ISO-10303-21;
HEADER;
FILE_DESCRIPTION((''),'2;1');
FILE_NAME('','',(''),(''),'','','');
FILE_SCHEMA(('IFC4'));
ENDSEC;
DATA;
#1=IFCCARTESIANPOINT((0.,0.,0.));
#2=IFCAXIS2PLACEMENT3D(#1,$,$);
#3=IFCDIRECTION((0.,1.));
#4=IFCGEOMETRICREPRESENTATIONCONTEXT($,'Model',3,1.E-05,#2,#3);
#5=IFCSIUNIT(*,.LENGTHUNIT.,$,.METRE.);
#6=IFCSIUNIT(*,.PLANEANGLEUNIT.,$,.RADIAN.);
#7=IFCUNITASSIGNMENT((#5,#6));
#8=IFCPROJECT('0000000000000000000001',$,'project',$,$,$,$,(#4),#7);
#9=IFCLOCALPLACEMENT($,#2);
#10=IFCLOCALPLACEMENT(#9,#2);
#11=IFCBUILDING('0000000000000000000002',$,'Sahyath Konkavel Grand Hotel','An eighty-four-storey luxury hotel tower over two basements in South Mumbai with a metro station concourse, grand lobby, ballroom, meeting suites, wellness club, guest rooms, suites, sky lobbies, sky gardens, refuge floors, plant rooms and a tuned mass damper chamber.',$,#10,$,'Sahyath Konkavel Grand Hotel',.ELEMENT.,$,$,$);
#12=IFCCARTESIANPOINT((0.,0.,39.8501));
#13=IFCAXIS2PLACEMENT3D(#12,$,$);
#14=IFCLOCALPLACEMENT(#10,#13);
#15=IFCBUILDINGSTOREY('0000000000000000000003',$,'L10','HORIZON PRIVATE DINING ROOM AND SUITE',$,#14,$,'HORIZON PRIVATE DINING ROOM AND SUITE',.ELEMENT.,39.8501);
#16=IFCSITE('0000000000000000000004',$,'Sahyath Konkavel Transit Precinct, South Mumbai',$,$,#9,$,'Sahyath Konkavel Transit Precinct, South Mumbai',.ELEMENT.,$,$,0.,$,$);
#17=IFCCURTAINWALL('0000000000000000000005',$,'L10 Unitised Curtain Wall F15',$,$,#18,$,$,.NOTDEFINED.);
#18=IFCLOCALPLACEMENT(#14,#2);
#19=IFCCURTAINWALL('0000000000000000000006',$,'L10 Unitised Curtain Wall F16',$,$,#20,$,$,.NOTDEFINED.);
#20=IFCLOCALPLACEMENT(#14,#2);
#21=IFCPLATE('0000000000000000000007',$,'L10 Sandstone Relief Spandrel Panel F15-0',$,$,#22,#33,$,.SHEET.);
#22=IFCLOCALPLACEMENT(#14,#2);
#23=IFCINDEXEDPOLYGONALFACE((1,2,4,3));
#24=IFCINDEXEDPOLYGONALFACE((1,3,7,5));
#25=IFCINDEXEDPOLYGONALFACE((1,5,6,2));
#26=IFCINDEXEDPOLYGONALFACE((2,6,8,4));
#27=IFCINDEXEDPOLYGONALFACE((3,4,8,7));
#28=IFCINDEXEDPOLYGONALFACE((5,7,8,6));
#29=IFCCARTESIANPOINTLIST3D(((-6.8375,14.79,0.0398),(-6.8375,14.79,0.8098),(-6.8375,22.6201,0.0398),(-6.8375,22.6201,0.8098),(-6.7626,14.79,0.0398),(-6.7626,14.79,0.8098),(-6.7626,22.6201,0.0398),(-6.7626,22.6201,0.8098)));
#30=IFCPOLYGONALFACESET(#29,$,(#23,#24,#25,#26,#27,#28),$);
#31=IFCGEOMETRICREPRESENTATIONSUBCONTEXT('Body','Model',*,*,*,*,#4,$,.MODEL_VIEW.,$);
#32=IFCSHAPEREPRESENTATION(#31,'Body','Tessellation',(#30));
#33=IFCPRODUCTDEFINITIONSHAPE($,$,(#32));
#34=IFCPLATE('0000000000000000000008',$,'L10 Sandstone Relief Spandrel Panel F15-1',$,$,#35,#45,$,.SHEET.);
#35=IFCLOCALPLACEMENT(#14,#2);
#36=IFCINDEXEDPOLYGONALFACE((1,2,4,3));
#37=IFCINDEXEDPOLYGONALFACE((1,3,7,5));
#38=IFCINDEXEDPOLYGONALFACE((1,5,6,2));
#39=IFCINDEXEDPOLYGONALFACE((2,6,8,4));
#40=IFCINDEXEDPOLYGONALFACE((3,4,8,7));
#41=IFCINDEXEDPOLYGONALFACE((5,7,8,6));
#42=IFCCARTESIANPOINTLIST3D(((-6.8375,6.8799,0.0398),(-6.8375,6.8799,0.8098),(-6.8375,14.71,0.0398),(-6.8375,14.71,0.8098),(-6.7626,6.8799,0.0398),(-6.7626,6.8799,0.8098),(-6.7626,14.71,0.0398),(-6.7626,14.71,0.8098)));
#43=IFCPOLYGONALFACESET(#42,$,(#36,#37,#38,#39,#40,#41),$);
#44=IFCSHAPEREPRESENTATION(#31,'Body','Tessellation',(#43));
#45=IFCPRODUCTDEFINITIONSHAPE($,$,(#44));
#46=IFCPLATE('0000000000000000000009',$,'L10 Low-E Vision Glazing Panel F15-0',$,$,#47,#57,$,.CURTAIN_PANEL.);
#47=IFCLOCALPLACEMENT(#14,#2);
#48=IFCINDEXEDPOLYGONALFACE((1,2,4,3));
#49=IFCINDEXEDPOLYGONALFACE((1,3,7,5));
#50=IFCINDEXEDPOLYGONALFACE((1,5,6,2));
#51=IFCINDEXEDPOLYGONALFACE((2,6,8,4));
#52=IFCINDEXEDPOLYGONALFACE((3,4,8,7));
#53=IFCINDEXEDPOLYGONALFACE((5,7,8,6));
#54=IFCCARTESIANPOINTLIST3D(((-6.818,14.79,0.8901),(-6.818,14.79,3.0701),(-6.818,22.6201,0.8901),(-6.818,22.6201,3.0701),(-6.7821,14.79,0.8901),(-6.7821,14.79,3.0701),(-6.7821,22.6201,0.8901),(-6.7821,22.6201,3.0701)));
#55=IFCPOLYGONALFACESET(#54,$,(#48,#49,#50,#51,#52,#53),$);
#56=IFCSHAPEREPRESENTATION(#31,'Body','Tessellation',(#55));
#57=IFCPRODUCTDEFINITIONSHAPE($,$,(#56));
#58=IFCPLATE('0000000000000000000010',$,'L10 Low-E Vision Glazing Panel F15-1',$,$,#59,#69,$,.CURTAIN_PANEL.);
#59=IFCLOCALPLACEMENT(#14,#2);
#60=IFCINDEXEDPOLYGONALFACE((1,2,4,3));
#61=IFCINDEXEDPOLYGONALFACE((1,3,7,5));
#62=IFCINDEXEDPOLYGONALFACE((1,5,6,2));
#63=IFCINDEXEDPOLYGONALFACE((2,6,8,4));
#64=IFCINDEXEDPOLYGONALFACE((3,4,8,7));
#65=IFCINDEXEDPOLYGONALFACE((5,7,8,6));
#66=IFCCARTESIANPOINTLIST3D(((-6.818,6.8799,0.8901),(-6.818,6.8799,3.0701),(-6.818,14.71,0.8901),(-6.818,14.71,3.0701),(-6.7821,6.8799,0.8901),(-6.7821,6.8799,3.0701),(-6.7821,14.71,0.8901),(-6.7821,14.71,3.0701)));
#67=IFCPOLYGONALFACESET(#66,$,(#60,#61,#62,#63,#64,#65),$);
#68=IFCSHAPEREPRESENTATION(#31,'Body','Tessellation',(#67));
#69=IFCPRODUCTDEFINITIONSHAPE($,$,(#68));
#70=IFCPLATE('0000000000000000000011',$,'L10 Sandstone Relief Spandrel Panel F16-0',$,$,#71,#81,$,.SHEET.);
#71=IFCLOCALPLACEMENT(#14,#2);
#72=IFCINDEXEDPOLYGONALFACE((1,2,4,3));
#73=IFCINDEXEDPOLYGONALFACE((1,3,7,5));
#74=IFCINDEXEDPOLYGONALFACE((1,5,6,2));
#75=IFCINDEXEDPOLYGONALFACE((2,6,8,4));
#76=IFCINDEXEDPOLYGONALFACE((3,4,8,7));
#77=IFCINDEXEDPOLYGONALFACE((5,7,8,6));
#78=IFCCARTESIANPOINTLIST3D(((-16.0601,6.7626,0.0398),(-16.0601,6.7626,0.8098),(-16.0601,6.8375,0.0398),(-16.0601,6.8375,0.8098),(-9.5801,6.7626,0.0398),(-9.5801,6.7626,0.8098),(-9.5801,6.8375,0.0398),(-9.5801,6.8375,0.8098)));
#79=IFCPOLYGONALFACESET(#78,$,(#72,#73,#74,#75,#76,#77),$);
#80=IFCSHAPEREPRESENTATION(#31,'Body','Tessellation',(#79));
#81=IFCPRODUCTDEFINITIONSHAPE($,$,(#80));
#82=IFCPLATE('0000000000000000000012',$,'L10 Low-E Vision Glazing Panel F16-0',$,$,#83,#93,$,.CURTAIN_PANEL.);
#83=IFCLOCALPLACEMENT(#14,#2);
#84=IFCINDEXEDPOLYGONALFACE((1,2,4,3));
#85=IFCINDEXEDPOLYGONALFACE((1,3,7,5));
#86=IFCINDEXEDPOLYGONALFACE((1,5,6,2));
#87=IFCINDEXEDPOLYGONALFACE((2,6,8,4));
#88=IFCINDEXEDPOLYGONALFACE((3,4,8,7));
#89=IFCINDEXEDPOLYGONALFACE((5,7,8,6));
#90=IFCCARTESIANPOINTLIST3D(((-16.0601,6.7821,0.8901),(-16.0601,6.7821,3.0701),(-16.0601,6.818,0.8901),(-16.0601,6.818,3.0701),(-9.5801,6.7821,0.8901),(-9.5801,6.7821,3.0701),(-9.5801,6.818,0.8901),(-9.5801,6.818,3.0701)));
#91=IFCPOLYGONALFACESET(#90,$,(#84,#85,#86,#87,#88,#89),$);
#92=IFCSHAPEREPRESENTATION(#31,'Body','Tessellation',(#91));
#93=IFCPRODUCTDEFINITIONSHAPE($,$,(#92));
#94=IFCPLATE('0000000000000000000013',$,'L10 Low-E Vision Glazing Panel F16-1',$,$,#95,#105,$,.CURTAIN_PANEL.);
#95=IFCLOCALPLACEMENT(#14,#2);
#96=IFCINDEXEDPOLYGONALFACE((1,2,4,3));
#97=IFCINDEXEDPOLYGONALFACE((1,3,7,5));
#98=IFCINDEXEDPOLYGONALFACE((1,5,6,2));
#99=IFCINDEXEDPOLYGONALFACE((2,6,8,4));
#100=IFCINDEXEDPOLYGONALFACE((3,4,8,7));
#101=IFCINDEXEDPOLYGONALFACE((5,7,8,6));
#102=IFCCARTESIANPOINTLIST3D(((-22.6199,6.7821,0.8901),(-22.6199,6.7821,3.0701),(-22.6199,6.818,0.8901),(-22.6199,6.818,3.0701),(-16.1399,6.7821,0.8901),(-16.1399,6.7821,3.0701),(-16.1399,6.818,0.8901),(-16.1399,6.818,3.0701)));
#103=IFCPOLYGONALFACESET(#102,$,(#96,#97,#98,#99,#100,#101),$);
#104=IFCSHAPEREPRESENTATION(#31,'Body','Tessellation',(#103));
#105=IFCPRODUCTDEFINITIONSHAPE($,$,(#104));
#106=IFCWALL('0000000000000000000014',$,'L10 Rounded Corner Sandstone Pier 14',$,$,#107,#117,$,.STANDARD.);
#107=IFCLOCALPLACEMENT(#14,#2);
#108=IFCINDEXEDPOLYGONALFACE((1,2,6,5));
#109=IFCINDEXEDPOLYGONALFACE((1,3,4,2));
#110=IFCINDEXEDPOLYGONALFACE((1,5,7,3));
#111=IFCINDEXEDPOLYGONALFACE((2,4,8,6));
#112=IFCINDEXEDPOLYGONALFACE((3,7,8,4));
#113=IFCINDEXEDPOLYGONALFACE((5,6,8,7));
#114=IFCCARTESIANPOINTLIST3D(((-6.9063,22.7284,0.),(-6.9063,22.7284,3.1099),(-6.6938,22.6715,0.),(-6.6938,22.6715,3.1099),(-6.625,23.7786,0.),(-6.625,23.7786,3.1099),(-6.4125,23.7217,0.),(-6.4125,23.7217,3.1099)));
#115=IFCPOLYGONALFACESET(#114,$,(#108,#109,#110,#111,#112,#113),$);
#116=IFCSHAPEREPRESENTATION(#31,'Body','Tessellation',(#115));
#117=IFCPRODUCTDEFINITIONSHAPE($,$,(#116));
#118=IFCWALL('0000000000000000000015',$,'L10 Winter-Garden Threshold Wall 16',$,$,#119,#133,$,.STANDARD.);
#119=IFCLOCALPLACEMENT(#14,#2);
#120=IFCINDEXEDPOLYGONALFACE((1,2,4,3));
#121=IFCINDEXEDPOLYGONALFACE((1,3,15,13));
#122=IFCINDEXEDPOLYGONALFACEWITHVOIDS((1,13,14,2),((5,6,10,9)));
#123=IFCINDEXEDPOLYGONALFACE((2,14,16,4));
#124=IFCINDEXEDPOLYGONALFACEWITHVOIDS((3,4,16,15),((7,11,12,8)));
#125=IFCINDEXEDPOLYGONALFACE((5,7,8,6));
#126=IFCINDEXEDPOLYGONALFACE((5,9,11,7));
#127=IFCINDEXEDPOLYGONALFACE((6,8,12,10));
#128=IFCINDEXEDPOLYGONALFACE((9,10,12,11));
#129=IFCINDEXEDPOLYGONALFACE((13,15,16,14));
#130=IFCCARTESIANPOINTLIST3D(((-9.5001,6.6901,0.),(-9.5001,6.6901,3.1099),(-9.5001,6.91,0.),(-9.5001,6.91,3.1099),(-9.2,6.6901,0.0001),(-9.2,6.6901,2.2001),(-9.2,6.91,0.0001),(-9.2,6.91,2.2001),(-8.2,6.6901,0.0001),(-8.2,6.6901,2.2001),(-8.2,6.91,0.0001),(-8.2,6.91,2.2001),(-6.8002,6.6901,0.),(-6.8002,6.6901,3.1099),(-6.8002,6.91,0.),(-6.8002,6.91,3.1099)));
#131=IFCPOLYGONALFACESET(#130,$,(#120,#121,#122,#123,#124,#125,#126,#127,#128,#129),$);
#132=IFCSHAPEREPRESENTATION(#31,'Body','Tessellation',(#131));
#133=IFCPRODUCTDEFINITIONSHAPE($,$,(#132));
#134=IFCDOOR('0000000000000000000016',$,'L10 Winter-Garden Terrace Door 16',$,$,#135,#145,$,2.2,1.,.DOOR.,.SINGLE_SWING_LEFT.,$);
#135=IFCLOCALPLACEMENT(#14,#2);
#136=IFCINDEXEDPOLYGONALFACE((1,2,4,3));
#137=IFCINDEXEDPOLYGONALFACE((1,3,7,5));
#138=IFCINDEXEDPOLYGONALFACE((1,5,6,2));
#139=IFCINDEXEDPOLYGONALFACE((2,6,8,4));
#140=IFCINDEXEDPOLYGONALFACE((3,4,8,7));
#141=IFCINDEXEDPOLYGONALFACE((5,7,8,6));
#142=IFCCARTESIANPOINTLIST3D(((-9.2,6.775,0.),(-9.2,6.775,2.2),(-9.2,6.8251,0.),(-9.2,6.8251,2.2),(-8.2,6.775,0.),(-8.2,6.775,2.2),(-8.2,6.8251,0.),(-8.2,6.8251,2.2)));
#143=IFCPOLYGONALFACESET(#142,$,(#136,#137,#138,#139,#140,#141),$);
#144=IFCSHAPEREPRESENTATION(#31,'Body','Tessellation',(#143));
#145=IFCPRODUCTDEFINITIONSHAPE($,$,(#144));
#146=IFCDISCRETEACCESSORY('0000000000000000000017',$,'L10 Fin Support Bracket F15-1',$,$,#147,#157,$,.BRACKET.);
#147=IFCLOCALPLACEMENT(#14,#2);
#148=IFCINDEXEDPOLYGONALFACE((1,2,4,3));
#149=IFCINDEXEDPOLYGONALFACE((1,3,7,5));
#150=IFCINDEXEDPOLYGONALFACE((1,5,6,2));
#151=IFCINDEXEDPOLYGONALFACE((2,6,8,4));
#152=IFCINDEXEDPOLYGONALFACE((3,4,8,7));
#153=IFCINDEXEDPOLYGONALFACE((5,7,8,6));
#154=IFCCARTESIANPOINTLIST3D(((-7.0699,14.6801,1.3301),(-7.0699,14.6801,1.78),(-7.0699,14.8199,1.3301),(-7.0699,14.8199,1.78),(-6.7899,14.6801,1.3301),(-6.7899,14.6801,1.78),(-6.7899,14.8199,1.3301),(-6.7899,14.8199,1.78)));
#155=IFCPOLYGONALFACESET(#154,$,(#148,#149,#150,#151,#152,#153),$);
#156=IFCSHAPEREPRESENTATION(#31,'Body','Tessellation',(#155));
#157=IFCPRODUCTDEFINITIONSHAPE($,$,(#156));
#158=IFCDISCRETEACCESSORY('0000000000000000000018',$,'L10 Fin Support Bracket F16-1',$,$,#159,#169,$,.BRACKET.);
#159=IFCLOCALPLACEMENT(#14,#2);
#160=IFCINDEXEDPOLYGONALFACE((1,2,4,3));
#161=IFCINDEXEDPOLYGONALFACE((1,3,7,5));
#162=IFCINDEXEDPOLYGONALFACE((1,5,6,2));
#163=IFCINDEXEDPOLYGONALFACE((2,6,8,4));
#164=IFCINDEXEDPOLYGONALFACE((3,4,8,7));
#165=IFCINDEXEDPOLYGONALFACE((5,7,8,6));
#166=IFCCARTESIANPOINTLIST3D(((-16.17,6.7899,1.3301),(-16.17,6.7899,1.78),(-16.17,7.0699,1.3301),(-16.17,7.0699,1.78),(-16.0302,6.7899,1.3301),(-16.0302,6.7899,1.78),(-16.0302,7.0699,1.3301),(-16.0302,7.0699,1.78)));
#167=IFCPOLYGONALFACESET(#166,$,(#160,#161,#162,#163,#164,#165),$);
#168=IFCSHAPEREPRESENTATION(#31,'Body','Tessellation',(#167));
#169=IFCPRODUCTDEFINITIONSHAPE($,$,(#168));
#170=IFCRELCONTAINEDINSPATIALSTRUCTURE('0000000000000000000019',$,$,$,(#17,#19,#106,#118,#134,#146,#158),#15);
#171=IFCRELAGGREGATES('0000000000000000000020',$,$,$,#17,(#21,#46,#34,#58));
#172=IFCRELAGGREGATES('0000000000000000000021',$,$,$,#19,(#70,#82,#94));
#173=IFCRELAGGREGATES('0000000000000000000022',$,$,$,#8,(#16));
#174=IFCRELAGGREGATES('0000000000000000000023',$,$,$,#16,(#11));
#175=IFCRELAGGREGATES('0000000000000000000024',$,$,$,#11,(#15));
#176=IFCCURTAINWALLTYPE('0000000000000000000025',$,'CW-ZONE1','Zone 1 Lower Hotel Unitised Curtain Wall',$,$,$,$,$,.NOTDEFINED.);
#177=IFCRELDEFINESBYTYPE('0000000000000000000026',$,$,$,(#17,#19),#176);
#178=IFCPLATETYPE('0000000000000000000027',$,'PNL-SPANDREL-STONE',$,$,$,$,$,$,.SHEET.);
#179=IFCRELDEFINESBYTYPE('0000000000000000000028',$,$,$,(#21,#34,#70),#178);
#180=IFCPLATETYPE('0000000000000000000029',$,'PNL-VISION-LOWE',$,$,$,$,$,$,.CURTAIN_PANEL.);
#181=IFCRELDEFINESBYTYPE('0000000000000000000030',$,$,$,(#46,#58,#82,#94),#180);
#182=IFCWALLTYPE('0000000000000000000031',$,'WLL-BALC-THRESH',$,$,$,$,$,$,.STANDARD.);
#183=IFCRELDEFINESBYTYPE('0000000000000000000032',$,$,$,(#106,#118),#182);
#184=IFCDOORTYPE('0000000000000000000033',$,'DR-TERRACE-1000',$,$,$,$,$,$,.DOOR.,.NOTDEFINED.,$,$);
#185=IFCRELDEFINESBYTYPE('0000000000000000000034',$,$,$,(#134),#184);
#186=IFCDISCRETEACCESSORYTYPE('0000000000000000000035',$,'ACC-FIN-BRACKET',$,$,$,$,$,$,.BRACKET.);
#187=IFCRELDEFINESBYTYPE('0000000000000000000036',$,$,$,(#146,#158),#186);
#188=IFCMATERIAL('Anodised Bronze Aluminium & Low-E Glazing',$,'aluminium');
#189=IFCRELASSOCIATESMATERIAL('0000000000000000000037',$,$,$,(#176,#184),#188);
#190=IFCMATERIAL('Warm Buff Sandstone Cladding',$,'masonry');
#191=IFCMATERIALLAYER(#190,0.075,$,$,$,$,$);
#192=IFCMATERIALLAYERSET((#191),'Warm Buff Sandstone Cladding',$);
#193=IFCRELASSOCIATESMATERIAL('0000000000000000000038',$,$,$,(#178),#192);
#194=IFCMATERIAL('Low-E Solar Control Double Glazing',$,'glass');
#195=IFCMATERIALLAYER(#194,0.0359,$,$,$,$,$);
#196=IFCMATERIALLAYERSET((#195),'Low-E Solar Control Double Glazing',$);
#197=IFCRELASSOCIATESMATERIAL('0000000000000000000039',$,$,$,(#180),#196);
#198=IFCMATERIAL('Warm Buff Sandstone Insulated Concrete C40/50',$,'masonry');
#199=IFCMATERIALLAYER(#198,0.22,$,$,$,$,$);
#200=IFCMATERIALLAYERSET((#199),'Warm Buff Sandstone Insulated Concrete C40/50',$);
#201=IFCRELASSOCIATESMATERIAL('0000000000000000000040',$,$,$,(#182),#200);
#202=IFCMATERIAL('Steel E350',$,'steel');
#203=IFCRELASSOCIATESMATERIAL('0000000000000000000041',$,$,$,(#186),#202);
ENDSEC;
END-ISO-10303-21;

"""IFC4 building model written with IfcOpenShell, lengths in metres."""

from ifc_helpers import new_model, si_unit, direction, frame, frame_2d, origin, origin_2d, place, context, subcontext, project, spatial, rectangle, extrude, source, transform, mapped, material, layer, layer_set, type_object, element, fill, aggregate, save


model = new_model("IFC4")

# Units and contexts
model_context = context("Model", 3, precision=1e-05, world=origin(), true_north=direction((0.0, 1.0)))
body_context = subcontext(model_context, "Body", "Model", "MODEL_VIEW")
ifc_project = project(units=[si_unit("LENGTHUNIT", "METRE"), si_unit("PLANEANGLEUNIT", "RADIAN")], contexts=[model_context])

# Site, building, storey
site_placement = place(None, origin())
site = spatial("IfcSite", under=ifc_project, at=site_placement, Name="Sahyath Konkavel Transit Precinct, South Mumbai", LongName="Sahyath Konkavel Transit Precinct, South Mumbai", CompositionType="ELEMENT", RefElevation=0.0)
building_placement = place(site_placement, origin())
building = spatial("IfcBuilding", under=site, at=building_placement, Name="Sahyath Konkavel Grand Hotel", Description="An eighty-four-storey luxury hotel tower over two basements in South Mumbai with a metro station concourse, grand lobby, ballroom, meeting suites, wellness club, guest rooms, suites, sky lobbies, sky gardens, refuge floors, plant rooms and a tuned mass damper chamber.", LongName="Sahyath Konkavel Grand Hotel", CompositionType="ELEMENT")
storey_placement = place(building_placement, frame((0.0, 0.0, 39.8501)))
storey = spatial("IfcBuildingStorey", under=building, at=storey_placement, Name="L10", Description="HORIZON PRIVATE DINING ROOM AND SUITE", LongName="HORIZON PRIVATE DINING ROOM AND SUITE", CompositionType="ELEMENT", Elevation=39.8501)

# Curtain walls
ifc_material_1 = material(Name="Anodised Bronze Aluminium & Low-E Glazing", Category="aluminium")
curtain_wall_type = type_object("IfcCurtainWallType", Name="CW-ZONE1", Description="Zone 1 Lower Hotel Unitised Curtain Wall", PredefinedType="NOTDEFINED", material=ifc_material_1)
curtain_wall_1_placement = place(storey_placement, origin())
curtain_wall_1 = element("IfcCurtainWall", 1, at=curtain_wall_1_placement, inside=storey, type_object=curtain_wall_type, Name="L10 Unitised Curtain Wall F15", PredefinedType="NOTDEFINED")
curtain_wall_2_placement = place(storey_placement, origin())
curtain_wall_2 = element("IfcCurtainWall", 2, at=curtain_wall_2_placement, inside=storey, type_object=curtain_wall_type, Name="L10 Unitised Curtain Wall F16", PredefinedType="NOTDEFINED")

# Plates
ifc_material_2 = material(Name="Warm Buff Sandstone Cladding", Category="masonry")
ifc_layer_1 = layer(ifc_material_2, 0.075)
ifc_layer_set_1 = layer_set([ifc_layer_1], Name="Warm Buff Sandstone Cladding")
plate_type_1 = type_object("IfcPlateType", Name="PNL-SPANDREL-STONE", PredefinedType="SHEET", material=ifc_layer_set_1)
shared_shape_1 = source(origin(), body_context, "Body", "SweptSolid", [
    extrude(rectangle(XDim=7.8301, YDim=0.075, at=origin_2d()), origin(), (0.0, 0.0, 1.0), 0.77),
])
plate_1_placement = place(storey_placement, frame((-6.8, 18.7051, 0.0398), z_axis=(0.0, 0.0, 1.0), x_axis=(0.0, -1.0, 0.0)))
plate_1 = element("IfcPlate", 3, at=plate_1_placement, type_object=plate_type_1, Name="L10 Sandstone Relief Spandrel Panel F15-0", PredefinedType="SHEET", context=body_context, shape_type="MappedRepresentation", body=[
    mapped(shared_shape_1, transform((0.0, 0.0, 0.0), scale=1.0)),
])
plate_2_placement = place(storey_placement, frame((-6.8, 10.7949, 0.0398), z_axis=(0.0, 0.0, 1.0), x_axis=(0.0, -1.0, 0.0)))
plate_2 = element("IfcPlate", 4, at=plate_2_placement, type_object=plate_type_1, Name="L10 Sandstone Relief Spandrel Panel F15-1", PredefinedType="SHEET", context=body_context, shape_type="MappedRepresentation", body=[
    mapped(shared_shape_1, transform((0.0, 0.0, 0.0), scale=1.0)),
])
ifc_material_3 = material(Name="Low-E Solar Control Double Glazing", Category="glass")
ifc_layer_2 = layer(ifc_material_3, 0.0359)
ifc_layer_set_2 = layer_set([ifc_layer_2], Name="Low-E Solar Control Double Glazing")
plate_type_2 = type_object("IfcPlateType", Name="PNL-VISION-LOWE", PredefinedType="CURTAIN_PANEL", material=ifc_layer_set_2)
shared_shape_2 = source(origin(), body_context, "Body", "SweptSolid", [
    extrude(rectangle(XDim=7.8301, YDim=0.0359, at=origin_2d()), origin(), (0.0, 0.0, 1.0), 2.1799),
])
plate_3_placement = place(storey_placement, frame((-6.8, 18.7051, 0.8901), z_axis=(0.0, 0.0, 1.0), x_axis=(0.0, -1.0, 0.0)))
plate_3 = element("IfcPlate", 5, at=plate_3_placement, type_object=plate_type_2, Name="L10 Low-E Vision Glazing Panel F15-0", PredefinedType="CURTAIN_PANEL", context=body_context, shape_type="MappedRepresentation", body=[
    mapped(shared_shape_2, transform((0.0, 0.0, 0.0), scale=1.0)),
])
plate_4_placement = place(storey_placement, frame((-6.8, 10.7949, 0.8901), z_axis=(0.0, 0.0, 1.0), x_axis=(0.0, -1.0, 0.0)))
plate_4 = element("IfcPlate", 6, at=plate_4_placement, type_object=plate_type_2, Name="L10 Low-E Vision Glazing Panel F15-1", PredefinedType="CURTAIN_PANEL", context=body_context, shape_type="MappedRepresentation", body=[
    mapped(shared_shape_2, transform((0.0, 0.0, 0.0), scale=1.0)),
])
aggregate(curtain_wall_1, [plate_1, plate_3, plate_2, plate_4])
shared_shape_3 = source(origin(), body_context, "Body", "SweptSolid", [
    extrude(rectangle(XDim=6.48, YDim=0.075, at=origin_2d()), origin(), (0.0, 0.0, 1.0), 0.77),
])
plate_5_placement = place(storey_placement, frame((-12.8201, 6.8, 0.0398), z_axis=(0.0, 0.0, 1.0), x_axis=(-1.0, 0.0, 0.0)))
plate_5 = element("IfcPlate", 7, at=plate_5_placement, type_object=plate_type_1, Name="L10 Sandstone Relief Spandrel Panel F16-0", PredefinedType="SHEET", context=body_context, shape_type="MappedRepresentation", body=[
    mapped(shared_shape_3, transform((0.0, 0.0, 0.0), scale=1.0)),
])
shared_shape_4 = source(origin(), body_context, "Body", "SweptSolid", [
    extrude(rectangle(XDim=6.48, YDim=0.0359, at=origin_2d()), origin(), (0.0, 0.0, 1.0), 2.1799),
])
plate_6_placement = place(storey_placement, frame((-12.8201, 6.8, 0.8901), z_axis=(0.0, 0.0, 1.0), x_axis=(-1.0, 0.0, 0.0)))
plate_6 = element("IfcPlate", 8, at=plate_6_placement, type_object=plate_type_2, Name="L10 Low-E Vision Glazing Panel F16-0", PredefinedType="CURTAIN_PANEL", context=body_context, shape_type="MappedRepresentation", body=[
    mapped(shared_shape_4, transform((0.0, 0.0, 0.0), scale=1.0)),
])
plate_7_placement = place(storey_placement, frame((-19.3799, 6.8, 0.8901), z_axis=(0.0, 0.0, 1.0), x_axis=(-1.0, 0.0, 0.0)))
plate_7 = element("IfcPlate", 9, at=plate_7_placement, type_object=plate_type_2, Name="L10 Low-E Vision Glazing Panel F16-1", PredefinedType="CURTAIN_PANEL", context=body_context, shape_type="MappedRepresentation", body=[
    mapped(shared_shape_4, transform((0.0, 0.0, 0.0), scale=1.0)),
])
aggregate(curtain_wall_2, [plate_5, plate_6, plate_7])

# Wall
ifc_material_4 = material(Name="Warm Buff Sandstone Insulated Concrete C40/50", Category="masonry")
ifc_layer_3 = layer(ifc_material_4, 0.22)
ifc_layer_set_3 = layer_set([ifc_layer_3], Name="Warm Buff Sandstone Insulated Concrete C40/50")
wall_type = type_object("IfcWallType", Name="WLL-BALC-THRESH", PredefinedType="STANDARD", material=ifc_layer_set_3)
wall_1_placement = place(storey_placement, frame((-6.5188, 23.75, 0.0), z_axis=(0.0, 0.0, 1.0), x_axis=(-0.258725, -0.965951, 0.0)))
element("IfcWall", 10, at=wall_1_placement, inside=storey, type_object=wall_type, Name="L10 Rounded Corner Sandstone Pier 14", PredefinedType="STANDARD", context=body_context, shape_type="SweptSolid", body=[
    extrude(rectangle(XDim=1.0872, YDim=0.22, at=frame_2d((0.5435, 0.0))), origin(), (0.0, 0.0, 1.0), 3.1099),
])

# Wall, opening, door
wall_2_placement = place(storey_placement, frame((-6.8, 6.8, 0.0), z_axis=(0.0, 0.0, 1.0), x_axis=(-1.0, 0.0, 0.0)))
wall_2 = element("IfcWall", 11, at=wall_2_placement, inside=storey, type_object=wall_type, Name="L10 Winter-Garden Threshold Wall 16", PredefinedType="STANDARD", context=body_context, shape_type="SweptSolid", body=[
    extrude(rectangle(XDim=2.7, YDim=0.22, at=frame_2d((1.3501, 0.0))), origin(), (0.0, 0.0, 1.0), 3.1099),
])
opening_placement = place(wall_2_placement, frame((1.3999, 0.0, 0.0)))
opening = element("IfcOpeningElement", 12, at=opening_placement, cuts=wall_2, PredefinedType="OPENING", context=body_context, shape_type="SweptSolid", body=[
    extrude(rectangle(XDim=1.0, YDim=2.2, at=frame_2d((0.5, 1.1001))), frame((0.0, 0.1201, 0.0), z_axis=(0.0, -1.0, 0.0), x_axis=(1.0, 0.0, 0.0)), (0.0, 0.0, 1.0), 0.24),
])
door_type = type_object("IfcDoorType", Name="DR-TERRACE-1000", OperationType="NOTDEFINED", PredefinedType="DOOR", material=ifc_material_1)
shared_shape_5 = source(origin(), body_context, "Body", "SweptSolid", [
    extrude(rectangle(XDim=1.0, YDim=0.05, at=origin_2d()), origin(), (0.0, 0.0, 1.0), 2.2),
])
door_placement = place(opening_placement, frame((0.5, 0.0, 0.0)))
door = element("IfcDoor", 13, at=door_placement, inside=storey, type_object=door_type, Name="L10 Winter-Garden Terrace Door 16", OperationType="SINGLE_SWING_LEFT", OverallHeight=2.2, OverallWidth=1.0, PredefinedType="DOOR", context=body_context, shape_type="MappedRepresentation", body=[
    mapped(shared_shape_5, transform((0.0, 0.0, 0.0), scale=1.0)),
])
fill(opening, door)

# Discrete accessories
ifc_material_5 = material(Name="Steel E350", Category="steel")
discrete_accessory_type = type_object("IfcDiscreteAccessoryType", Name="ACC-FIN-BRACKET", PredefinedType="BRACKET", material=ifc_material_5)
shared_shape_6 = source(origin(), body_context, "Body", "SweptSolid", [
    extrude(rectangle(XDim=0.28, YDim=0.1399, at=origin_2d()), origin(), (0.0, 0.0, 1.0), 0.45),
])
for number, where, z_axis, x_axis, name in (
    (14, (-6.9299, 14.75, 1.3301), (0.0, 0.0, 1.0), (-1.0, 0.0, 0.0), "L10 Fin Support Bracket F15-1"),
    (15, (-16.1001, 6.9299, 1.3301), (0.0, 0.0, 1.0), (0.0, 1.0, 0.0), "L10 Fin Support Bracket F16-1"),
):
    element("IfcDiscreteAccessory", number, at=place(storey_placement, frame(where, z_axis=z_axis, x_axis=x_axis)), inside=storey, type_object=discrete_accessory_type, Name=name, PredefinedType="BRACKET", context=body_context, shape_type="MappedRepresentation", body=[
        mapped(shared_shape_6, transform((0.0, 0.0, 0.0), scale=1.0)),
    ])

save(model, "model.ifc")
